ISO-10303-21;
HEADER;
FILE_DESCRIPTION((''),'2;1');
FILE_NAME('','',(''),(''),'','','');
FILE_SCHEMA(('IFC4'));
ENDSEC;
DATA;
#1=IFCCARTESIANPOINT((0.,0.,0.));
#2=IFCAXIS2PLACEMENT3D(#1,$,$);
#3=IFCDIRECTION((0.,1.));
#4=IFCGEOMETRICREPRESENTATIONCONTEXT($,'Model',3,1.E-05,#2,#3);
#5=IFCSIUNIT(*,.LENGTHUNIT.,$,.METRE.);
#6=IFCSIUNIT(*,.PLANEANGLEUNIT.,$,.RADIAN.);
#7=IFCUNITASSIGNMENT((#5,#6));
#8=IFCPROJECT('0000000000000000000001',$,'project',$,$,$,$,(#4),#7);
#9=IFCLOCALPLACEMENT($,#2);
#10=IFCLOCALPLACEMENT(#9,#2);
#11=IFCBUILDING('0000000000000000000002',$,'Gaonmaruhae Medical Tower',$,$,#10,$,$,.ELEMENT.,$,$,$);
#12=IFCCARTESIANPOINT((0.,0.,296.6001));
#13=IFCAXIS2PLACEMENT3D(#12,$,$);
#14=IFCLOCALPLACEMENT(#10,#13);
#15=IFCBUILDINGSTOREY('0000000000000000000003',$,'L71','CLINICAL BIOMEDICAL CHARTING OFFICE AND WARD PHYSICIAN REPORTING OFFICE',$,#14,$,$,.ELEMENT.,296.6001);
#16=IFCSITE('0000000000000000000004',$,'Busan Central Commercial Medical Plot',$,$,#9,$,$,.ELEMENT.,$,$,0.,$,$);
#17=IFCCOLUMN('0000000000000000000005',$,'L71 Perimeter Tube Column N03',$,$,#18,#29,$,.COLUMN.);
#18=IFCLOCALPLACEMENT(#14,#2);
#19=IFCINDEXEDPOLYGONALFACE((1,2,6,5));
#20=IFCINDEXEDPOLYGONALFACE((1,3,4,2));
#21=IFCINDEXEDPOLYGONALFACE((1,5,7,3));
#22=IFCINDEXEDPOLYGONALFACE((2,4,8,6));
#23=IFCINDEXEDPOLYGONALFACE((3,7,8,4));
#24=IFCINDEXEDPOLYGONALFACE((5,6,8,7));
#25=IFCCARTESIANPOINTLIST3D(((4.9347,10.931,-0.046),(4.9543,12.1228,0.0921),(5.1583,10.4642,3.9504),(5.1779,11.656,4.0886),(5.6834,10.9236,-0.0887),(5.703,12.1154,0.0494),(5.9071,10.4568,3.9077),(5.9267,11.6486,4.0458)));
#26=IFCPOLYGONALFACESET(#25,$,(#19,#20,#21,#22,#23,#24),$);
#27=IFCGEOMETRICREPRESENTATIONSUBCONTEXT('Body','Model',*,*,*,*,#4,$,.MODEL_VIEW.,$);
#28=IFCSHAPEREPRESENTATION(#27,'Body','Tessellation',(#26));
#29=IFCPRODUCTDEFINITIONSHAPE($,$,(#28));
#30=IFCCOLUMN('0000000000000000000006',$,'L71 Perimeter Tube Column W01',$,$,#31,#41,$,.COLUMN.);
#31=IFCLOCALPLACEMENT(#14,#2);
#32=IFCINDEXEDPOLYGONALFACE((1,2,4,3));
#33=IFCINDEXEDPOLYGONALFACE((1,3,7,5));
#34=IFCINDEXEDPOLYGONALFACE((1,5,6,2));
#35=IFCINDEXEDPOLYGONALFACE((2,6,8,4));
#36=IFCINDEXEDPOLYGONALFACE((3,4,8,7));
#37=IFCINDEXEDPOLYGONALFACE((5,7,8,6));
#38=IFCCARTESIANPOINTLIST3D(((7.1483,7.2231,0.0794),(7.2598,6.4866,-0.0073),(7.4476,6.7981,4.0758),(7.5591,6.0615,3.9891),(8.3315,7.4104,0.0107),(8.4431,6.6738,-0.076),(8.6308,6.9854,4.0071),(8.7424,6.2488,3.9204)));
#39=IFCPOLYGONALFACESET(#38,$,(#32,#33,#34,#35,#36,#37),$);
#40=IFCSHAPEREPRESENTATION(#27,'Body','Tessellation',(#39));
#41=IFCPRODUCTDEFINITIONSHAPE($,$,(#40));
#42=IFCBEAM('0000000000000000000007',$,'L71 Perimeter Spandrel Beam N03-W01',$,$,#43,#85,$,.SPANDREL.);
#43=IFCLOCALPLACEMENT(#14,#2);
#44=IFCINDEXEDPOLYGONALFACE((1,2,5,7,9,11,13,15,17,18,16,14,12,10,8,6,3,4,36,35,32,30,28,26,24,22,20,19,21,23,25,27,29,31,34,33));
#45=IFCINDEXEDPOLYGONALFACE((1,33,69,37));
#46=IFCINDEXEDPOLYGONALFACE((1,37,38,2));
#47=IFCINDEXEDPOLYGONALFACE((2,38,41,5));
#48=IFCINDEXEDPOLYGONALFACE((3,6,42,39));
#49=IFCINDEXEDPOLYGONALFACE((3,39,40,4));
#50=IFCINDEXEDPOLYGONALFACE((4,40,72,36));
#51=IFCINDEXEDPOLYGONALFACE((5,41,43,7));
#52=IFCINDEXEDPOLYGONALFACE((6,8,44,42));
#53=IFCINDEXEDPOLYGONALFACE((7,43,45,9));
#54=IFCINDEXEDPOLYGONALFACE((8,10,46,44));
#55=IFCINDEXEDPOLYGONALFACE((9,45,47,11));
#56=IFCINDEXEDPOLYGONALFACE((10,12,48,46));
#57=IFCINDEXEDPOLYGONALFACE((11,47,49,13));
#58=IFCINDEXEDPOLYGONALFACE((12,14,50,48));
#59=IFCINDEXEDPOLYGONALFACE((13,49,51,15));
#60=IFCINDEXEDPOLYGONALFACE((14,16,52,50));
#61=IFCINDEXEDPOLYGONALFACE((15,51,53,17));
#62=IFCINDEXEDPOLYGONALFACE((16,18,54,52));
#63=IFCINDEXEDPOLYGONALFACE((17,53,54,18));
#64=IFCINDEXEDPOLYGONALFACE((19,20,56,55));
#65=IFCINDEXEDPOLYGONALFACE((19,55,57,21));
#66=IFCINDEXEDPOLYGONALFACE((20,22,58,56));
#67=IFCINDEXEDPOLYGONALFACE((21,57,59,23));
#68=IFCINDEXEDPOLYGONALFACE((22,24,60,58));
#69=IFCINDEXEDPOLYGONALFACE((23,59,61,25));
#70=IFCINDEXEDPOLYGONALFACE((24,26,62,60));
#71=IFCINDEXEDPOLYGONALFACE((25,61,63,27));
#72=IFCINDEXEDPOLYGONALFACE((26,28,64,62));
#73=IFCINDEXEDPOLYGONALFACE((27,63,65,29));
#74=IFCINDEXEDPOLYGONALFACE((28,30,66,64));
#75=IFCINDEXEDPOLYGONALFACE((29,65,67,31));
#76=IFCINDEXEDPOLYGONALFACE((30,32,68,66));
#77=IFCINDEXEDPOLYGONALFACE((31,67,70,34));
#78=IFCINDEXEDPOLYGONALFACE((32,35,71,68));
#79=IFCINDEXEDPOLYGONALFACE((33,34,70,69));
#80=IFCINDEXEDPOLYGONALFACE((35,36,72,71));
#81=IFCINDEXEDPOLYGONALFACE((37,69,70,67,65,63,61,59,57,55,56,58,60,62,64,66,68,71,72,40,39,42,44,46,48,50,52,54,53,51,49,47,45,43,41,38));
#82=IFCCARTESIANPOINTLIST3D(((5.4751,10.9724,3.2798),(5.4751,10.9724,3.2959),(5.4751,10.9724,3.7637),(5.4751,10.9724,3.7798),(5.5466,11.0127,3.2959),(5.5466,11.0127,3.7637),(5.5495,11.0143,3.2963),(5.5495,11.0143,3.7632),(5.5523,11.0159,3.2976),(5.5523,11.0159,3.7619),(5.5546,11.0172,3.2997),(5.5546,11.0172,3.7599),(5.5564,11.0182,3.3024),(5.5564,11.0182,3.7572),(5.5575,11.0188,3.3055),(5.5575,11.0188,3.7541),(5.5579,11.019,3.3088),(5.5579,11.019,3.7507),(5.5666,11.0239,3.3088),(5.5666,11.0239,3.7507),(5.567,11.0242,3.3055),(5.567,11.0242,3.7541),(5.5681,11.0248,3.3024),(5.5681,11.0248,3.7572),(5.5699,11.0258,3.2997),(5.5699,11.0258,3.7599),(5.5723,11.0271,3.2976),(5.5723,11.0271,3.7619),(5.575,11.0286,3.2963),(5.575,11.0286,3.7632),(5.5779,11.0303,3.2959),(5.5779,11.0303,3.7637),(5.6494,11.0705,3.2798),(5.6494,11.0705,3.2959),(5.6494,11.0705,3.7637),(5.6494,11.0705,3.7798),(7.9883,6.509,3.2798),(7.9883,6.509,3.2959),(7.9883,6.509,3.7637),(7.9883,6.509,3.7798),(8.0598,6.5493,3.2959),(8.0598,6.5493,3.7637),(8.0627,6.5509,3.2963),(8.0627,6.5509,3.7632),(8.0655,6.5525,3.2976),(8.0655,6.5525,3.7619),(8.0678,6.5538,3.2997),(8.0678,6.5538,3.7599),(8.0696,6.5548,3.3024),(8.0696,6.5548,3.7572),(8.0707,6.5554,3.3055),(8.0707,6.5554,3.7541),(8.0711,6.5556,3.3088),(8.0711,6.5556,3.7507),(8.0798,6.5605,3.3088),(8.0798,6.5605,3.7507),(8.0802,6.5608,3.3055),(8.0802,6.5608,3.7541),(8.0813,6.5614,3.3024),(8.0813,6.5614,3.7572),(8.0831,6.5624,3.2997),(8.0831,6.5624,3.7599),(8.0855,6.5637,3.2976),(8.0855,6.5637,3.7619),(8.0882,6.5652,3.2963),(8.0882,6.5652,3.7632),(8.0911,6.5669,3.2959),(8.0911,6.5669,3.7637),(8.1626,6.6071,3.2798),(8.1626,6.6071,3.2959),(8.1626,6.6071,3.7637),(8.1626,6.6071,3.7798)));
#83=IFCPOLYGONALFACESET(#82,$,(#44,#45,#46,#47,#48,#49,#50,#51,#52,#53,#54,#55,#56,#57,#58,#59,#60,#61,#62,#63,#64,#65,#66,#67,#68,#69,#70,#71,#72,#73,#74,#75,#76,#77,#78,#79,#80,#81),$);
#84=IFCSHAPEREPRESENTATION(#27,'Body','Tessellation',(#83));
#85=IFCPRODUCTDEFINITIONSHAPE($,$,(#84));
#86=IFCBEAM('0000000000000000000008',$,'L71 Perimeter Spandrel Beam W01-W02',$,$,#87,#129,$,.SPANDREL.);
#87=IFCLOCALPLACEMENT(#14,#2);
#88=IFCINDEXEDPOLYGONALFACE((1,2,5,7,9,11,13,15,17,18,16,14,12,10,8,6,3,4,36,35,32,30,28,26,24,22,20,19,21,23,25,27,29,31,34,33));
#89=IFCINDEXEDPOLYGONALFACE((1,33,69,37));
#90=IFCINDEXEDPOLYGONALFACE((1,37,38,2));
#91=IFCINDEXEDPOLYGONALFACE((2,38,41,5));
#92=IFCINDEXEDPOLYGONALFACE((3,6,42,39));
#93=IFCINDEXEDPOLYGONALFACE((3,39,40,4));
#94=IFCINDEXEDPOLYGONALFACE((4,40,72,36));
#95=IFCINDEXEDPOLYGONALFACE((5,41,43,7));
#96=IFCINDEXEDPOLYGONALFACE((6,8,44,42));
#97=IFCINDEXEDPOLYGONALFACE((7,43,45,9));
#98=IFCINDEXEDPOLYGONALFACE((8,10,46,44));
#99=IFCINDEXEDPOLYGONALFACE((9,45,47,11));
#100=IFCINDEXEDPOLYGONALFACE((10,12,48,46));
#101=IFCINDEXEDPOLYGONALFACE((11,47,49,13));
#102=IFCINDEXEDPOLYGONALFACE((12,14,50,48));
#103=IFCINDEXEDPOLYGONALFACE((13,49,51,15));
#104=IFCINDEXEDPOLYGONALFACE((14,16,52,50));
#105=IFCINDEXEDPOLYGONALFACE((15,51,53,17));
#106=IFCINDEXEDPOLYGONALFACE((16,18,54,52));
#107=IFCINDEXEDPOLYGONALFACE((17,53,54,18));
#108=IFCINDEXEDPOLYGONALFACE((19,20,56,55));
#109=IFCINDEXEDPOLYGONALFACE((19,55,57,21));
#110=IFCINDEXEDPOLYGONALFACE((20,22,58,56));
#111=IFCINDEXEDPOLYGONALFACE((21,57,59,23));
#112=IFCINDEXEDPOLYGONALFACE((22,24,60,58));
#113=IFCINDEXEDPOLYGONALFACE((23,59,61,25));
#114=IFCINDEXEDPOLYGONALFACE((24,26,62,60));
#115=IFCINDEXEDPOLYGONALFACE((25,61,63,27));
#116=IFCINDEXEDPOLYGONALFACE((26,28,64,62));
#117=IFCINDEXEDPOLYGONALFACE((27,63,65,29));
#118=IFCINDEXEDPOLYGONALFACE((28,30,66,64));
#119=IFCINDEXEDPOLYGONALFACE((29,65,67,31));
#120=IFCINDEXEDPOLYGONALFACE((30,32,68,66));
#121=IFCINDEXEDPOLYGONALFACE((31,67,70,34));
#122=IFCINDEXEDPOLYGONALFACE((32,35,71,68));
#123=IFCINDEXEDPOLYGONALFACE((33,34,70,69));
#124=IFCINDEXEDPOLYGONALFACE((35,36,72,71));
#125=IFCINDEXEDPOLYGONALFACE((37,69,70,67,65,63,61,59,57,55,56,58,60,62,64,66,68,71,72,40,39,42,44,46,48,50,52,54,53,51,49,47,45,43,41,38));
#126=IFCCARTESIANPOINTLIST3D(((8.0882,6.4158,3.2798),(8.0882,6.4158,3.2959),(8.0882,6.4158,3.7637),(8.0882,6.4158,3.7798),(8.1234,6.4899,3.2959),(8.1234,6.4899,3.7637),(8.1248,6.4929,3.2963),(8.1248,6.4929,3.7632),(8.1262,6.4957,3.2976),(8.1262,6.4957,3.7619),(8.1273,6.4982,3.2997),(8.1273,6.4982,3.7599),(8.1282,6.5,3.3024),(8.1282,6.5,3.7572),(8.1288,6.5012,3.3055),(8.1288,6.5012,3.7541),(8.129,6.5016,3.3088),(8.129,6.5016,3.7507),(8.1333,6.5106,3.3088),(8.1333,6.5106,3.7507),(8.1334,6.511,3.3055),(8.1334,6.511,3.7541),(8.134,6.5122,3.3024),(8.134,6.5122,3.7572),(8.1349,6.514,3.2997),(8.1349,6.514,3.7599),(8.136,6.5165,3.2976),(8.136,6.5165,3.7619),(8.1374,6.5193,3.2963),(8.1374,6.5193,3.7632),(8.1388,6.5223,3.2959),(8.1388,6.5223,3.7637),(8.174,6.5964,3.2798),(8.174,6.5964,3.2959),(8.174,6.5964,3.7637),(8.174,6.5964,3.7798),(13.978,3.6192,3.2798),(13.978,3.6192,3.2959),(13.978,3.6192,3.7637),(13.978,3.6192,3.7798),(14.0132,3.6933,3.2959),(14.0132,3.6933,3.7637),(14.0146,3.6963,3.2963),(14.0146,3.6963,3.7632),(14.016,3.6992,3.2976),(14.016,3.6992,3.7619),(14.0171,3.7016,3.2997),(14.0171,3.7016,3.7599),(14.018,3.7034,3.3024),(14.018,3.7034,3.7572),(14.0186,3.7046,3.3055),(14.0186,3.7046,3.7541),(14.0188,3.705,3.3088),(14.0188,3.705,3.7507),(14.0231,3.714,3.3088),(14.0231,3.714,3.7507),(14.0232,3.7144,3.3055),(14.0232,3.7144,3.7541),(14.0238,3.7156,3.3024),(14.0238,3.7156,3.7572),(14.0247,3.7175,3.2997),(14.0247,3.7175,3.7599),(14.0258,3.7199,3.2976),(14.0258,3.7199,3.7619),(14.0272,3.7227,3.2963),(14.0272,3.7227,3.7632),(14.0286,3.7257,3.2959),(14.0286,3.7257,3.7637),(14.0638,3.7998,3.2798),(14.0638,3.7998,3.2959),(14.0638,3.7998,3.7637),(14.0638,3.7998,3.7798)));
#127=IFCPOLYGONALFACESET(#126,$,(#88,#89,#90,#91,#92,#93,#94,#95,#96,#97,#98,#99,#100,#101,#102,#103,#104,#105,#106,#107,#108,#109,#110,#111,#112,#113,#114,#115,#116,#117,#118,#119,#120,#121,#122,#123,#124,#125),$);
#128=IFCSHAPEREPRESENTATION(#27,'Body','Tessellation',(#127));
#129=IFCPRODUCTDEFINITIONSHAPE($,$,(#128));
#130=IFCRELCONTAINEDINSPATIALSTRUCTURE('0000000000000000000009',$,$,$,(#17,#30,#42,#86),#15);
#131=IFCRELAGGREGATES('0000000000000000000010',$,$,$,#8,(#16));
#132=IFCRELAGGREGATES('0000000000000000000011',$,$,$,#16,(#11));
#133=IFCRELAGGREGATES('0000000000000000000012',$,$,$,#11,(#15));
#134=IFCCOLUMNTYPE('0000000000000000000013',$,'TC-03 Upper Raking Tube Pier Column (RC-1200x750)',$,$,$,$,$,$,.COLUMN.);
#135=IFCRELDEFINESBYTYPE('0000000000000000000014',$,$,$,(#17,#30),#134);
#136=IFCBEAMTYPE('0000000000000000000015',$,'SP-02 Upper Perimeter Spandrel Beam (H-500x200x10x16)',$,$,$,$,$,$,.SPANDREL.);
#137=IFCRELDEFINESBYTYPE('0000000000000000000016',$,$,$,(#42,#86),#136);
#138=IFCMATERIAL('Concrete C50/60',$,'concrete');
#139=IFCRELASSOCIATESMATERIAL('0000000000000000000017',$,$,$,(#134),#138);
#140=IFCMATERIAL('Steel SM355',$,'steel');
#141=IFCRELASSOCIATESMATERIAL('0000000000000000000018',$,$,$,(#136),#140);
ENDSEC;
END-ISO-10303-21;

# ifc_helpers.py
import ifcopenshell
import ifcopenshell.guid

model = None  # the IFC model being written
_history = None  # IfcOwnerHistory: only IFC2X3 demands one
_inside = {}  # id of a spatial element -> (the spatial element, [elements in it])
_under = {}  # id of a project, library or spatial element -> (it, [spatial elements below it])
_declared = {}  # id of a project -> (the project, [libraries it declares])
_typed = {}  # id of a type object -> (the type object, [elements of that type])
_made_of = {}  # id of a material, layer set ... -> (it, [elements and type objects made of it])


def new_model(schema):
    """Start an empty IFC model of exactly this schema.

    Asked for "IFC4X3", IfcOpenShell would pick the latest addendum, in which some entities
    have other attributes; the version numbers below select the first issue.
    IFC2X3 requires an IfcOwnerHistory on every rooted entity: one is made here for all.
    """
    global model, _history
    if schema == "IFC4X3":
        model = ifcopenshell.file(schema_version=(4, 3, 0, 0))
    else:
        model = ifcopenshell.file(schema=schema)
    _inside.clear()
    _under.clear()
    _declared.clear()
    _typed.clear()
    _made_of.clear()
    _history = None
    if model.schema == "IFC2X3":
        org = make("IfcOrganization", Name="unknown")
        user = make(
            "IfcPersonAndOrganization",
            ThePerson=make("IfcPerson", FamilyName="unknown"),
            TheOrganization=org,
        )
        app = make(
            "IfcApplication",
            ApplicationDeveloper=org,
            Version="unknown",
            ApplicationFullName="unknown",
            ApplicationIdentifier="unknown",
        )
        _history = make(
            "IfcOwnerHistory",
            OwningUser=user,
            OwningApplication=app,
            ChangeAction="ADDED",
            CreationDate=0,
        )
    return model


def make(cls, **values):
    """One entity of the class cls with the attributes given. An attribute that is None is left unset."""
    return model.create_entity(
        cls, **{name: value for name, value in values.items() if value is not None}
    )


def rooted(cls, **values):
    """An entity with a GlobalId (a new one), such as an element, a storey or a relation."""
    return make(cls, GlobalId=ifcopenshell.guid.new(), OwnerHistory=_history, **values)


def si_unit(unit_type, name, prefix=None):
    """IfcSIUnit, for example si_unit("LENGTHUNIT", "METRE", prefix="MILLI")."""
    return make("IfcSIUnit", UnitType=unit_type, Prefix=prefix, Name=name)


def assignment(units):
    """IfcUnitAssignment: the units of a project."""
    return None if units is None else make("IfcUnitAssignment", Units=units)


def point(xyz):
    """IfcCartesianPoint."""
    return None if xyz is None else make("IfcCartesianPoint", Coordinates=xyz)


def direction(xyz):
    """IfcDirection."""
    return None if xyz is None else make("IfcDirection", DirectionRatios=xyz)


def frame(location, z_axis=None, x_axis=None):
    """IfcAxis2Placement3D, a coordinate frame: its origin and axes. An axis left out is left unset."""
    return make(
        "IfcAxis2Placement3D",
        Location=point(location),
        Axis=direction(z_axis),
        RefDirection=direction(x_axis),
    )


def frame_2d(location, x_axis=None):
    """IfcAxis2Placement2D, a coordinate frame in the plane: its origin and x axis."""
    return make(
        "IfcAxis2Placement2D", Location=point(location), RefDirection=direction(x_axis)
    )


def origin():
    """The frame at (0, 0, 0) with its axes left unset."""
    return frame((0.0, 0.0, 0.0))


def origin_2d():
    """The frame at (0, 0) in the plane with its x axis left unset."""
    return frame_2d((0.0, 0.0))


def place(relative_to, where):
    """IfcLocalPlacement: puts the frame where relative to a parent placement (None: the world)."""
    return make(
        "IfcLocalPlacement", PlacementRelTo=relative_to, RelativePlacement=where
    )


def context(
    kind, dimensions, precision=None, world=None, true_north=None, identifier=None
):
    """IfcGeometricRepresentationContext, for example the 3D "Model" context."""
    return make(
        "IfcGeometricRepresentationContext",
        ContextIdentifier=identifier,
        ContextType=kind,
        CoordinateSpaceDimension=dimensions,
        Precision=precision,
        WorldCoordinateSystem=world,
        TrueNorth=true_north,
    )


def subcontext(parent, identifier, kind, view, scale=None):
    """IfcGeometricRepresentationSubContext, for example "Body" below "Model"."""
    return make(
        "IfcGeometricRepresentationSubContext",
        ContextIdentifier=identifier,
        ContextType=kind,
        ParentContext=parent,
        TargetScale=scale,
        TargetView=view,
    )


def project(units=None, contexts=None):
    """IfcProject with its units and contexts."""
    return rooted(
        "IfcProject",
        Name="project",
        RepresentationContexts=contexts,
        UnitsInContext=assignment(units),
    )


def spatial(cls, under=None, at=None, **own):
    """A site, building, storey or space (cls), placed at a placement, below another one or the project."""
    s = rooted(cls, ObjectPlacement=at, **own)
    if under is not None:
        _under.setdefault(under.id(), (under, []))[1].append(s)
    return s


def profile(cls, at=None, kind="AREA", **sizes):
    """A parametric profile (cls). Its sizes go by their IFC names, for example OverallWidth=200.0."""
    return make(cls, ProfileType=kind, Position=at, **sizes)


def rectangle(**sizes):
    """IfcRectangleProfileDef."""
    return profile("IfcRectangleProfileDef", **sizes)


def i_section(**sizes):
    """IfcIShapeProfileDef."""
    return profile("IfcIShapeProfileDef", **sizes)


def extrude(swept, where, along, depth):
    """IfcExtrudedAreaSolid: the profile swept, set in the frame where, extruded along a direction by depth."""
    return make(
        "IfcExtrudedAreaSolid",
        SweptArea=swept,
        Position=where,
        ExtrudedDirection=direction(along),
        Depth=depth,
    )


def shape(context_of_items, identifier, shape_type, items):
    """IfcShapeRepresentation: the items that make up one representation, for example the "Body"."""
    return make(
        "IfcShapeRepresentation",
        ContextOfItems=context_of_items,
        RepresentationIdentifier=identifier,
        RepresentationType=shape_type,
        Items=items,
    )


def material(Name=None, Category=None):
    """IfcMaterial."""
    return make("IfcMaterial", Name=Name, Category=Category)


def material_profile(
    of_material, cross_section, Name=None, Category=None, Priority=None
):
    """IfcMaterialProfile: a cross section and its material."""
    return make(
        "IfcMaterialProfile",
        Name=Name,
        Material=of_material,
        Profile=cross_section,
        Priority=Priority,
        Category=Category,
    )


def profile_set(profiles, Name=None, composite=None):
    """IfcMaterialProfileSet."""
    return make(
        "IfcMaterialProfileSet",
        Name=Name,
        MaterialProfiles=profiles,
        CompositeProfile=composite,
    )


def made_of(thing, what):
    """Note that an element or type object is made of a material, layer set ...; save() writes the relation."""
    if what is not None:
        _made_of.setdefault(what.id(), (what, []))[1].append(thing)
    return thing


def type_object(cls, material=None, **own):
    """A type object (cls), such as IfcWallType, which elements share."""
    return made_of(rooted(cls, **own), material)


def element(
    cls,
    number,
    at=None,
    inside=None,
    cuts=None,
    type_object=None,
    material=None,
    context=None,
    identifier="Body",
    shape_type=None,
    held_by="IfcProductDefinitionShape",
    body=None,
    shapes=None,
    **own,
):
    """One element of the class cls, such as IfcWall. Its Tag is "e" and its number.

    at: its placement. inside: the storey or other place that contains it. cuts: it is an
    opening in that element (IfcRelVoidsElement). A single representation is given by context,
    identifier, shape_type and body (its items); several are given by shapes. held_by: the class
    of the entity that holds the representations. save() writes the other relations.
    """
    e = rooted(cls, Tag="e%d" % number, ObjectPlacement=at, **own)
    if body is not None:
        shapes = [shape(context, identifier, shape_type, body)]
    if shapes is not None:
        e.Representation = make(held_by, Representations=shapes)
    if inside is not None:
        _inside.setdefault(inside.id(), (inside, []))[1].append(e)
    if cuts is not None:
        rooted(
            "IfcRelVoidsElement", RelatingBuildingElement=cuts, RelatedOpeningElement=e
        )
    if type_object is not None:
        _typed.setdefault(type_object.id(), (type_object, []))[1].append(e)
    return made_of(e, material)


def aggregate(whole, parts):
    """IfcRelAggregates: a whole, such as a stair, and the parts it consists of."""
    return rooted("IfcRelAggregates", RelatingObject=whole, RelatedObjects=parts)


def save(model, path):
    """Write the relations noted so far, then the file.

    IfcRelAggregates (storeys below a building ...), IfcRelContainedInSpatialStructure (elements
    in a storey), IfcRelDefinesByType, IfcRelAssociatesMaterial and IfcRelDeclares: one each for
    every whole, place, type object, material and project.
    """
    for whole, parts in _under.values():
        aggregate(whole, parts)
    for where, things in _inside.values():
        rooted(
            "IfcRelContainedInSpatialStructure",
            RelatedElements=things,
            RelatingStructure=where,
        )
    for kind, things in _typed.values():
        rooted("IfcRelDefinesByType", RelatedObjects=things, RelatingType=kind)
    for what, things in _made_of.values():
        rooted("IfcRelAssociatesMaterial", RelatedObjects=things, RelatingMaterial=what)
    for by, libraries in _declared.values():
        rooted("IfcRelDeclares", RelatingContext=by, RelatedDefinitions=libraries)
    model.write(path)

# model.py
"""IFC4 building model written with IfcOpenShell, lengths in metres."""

from ifc_helpers import new_model, si_unit, direction, frame, origin, origin_2d, place, context, subcontext, project, spatial, rectangle, i_section, extrude, material, material_profile, profile_set, type_object, element, save


model = new_model("IFC4")

# Units and contexts
model_context = context("Model", 3, precision=1e-05, world=origin(), true_north=direction((0.0, 1.0)))
body_context = subcontext(model_context, "Body", "Model", "MODEL_VIEW")
ifc_project = project(units=[si_unit("LENGTHUNIT", "METRE"), si_unit("PLANEANGLEUNIT", "RADIAN")], contexts=[model_context])

# Site, building, storey
site_placement = place(None, origin())
site = spatial("IfcSite", under=ifc_project, at=site_placement, Name="Busan Central Commercial Medical Plot", CompositionType="ELEMENT", RefElevation=0.0)
building_placement = place(site_placement, origin())
building = spatial("IfcBuilding", under=site, at=building_placement, Name="Gaonmaruhae Medical Tower", CompositionType="ELEMENT")
storey_placement = place(building_placement, frame((0.0, 0.0, 296.6001)))
storey = spatial("IfcBuildingStorey", under=building, at=storey_placement, Name="L71", Description="CLINICAL BIOMEDICAL CHARTING OFFICE AND WARD PHYSICIAN REPORTING OFFICE", CompositionType="ELEMENT", Elevation=296.6001)

# Columns
ifc_material_1 = material(Name="Concrete C50/60", Category="concrete")
ifc_material_profile_1 = material_profile(ifc_material_1, rectangle(XDim=1.2, YDim=0.75, at=origin_2d()), Name="RC-1200x750")
ifc_profile_set_1 = profile_set([ifc_material_profile_1], Name="Concrete C50/60")
column_type = type_object("IfcColumnType", Name="TC-03 Upper Raking Tube Pier Column (RC-1200x750)", PredefinedType="COLUMN", material=ifc_profile_set_1)
column_1_placement = place(storey_placement, frame((5.3188, 11.5232, 0.0017), z_axis=(0.055496, -0.115839, 0.991717), x_axis=(0.016329, 0.99322, 0.1151)))
element("IfcColumn", 1, at=column_1_placement, inside=storey, type_object=column_type, Name="L71 Perimeter Tube Column N03", PredefinedType="COLUMN", context=body_context, shape_type="SweptSolid", body=[
    extrude(rectangle(XDim=1.2, YDim=0.75, at=origin_2d()), origin(), (0.0, 0.0, 1.0), 4.0298),
])
column_2_placement = place(storey_placement, frame((7.7957, 6.9485, 0.0017), z_axis=(0.074272, -0.105471, 0.991645), x_axis=(-0.986085, -0.156069, 0.057256)))
element("IfcColumn", 2, at=column_2_placement, inside=storey, type_object=column_type, Name="L71 Perimeter Tube Column W01", PredefinedType="COLUMN", context=body_context, shape_type="SweptSolid", body=[
    extrude(rectangle(XDim=1.2, YDim=0.75, at=origin_2d()), origin(), (0.0, 0.0, 1.0), 4.03),
])

# Beams
ifc_material_2 = material(Name="Steel SM355", Category="steel")
ifc_material_profile_2 = material_profile(ifc_material_2, i_section(OverallWidth=0.2, OverallDepth=0.5, WebThickness=0.01, FlangeThickness=0.0161, FilletRadius=0.0129, at=origin_2d()), Name="H-500x200x10x16")
ifc_profile_set_2 = profile_set([ifc_material_profile_2], Name="Steel SM355")
beam_type = type_object("IfcBeamType", Name="SP-02 Upper Perimeter Spandrel Beam (H-500x200x10x16)", PredefinedType="SPANDREL", material=ifc_profile_set_2)
beam_1_placement = place(storey_placement, frame((5.5623, 11.0215, 3.5298), z_axis=(0.490637, -0.871364, 0.0), x_axis=(0.871364, 0.490637, 0.0)))
element("IfcBeam", 3, at=beam_1_placement, inside=storey, type_object=beam_type, Name="L71 Perimeter Spandrel Beam N03-W01", PredefinedType="SPANDREL", context=body_context, shape_type="SweptSolid", body=[
    extrude(i_section(OverallWidth=0.2, OverallDepth=0.5, WebThickness=0.01, FlangeThickness=0.0161, FilletRadius=0.0129, at=origin_2d()), origin(), (0.0, 0.0, 1.0), 5.1223),
])
beam_2_placement = place(storey_placement, frame((8.1311, 6.5061, 3.5298), z_axis=(0.903341, -0.428923, 0.0), x_axis=(0.428923, 0.903341, 0.0)))
element("IfcBeam", 4, at=beam_2_placement, inside=storey, type_object=beam_type, Name="L71 Perimeter Spandrel Beam W01-W02", PredefinedType="SPANDREL", context=body_context, shape_type="SweptSolid", body=[
    extrude(i_section(OverallWidth=0.2, OverallDepth=0.5, WebThickness=0.01, FlangeThickness=0.0161, FilletRadius=0.0129, at=origin_2d()), origin(), (0.0, 0.0, 1.0), 6.52),
])

save(model, "model.ifc")
